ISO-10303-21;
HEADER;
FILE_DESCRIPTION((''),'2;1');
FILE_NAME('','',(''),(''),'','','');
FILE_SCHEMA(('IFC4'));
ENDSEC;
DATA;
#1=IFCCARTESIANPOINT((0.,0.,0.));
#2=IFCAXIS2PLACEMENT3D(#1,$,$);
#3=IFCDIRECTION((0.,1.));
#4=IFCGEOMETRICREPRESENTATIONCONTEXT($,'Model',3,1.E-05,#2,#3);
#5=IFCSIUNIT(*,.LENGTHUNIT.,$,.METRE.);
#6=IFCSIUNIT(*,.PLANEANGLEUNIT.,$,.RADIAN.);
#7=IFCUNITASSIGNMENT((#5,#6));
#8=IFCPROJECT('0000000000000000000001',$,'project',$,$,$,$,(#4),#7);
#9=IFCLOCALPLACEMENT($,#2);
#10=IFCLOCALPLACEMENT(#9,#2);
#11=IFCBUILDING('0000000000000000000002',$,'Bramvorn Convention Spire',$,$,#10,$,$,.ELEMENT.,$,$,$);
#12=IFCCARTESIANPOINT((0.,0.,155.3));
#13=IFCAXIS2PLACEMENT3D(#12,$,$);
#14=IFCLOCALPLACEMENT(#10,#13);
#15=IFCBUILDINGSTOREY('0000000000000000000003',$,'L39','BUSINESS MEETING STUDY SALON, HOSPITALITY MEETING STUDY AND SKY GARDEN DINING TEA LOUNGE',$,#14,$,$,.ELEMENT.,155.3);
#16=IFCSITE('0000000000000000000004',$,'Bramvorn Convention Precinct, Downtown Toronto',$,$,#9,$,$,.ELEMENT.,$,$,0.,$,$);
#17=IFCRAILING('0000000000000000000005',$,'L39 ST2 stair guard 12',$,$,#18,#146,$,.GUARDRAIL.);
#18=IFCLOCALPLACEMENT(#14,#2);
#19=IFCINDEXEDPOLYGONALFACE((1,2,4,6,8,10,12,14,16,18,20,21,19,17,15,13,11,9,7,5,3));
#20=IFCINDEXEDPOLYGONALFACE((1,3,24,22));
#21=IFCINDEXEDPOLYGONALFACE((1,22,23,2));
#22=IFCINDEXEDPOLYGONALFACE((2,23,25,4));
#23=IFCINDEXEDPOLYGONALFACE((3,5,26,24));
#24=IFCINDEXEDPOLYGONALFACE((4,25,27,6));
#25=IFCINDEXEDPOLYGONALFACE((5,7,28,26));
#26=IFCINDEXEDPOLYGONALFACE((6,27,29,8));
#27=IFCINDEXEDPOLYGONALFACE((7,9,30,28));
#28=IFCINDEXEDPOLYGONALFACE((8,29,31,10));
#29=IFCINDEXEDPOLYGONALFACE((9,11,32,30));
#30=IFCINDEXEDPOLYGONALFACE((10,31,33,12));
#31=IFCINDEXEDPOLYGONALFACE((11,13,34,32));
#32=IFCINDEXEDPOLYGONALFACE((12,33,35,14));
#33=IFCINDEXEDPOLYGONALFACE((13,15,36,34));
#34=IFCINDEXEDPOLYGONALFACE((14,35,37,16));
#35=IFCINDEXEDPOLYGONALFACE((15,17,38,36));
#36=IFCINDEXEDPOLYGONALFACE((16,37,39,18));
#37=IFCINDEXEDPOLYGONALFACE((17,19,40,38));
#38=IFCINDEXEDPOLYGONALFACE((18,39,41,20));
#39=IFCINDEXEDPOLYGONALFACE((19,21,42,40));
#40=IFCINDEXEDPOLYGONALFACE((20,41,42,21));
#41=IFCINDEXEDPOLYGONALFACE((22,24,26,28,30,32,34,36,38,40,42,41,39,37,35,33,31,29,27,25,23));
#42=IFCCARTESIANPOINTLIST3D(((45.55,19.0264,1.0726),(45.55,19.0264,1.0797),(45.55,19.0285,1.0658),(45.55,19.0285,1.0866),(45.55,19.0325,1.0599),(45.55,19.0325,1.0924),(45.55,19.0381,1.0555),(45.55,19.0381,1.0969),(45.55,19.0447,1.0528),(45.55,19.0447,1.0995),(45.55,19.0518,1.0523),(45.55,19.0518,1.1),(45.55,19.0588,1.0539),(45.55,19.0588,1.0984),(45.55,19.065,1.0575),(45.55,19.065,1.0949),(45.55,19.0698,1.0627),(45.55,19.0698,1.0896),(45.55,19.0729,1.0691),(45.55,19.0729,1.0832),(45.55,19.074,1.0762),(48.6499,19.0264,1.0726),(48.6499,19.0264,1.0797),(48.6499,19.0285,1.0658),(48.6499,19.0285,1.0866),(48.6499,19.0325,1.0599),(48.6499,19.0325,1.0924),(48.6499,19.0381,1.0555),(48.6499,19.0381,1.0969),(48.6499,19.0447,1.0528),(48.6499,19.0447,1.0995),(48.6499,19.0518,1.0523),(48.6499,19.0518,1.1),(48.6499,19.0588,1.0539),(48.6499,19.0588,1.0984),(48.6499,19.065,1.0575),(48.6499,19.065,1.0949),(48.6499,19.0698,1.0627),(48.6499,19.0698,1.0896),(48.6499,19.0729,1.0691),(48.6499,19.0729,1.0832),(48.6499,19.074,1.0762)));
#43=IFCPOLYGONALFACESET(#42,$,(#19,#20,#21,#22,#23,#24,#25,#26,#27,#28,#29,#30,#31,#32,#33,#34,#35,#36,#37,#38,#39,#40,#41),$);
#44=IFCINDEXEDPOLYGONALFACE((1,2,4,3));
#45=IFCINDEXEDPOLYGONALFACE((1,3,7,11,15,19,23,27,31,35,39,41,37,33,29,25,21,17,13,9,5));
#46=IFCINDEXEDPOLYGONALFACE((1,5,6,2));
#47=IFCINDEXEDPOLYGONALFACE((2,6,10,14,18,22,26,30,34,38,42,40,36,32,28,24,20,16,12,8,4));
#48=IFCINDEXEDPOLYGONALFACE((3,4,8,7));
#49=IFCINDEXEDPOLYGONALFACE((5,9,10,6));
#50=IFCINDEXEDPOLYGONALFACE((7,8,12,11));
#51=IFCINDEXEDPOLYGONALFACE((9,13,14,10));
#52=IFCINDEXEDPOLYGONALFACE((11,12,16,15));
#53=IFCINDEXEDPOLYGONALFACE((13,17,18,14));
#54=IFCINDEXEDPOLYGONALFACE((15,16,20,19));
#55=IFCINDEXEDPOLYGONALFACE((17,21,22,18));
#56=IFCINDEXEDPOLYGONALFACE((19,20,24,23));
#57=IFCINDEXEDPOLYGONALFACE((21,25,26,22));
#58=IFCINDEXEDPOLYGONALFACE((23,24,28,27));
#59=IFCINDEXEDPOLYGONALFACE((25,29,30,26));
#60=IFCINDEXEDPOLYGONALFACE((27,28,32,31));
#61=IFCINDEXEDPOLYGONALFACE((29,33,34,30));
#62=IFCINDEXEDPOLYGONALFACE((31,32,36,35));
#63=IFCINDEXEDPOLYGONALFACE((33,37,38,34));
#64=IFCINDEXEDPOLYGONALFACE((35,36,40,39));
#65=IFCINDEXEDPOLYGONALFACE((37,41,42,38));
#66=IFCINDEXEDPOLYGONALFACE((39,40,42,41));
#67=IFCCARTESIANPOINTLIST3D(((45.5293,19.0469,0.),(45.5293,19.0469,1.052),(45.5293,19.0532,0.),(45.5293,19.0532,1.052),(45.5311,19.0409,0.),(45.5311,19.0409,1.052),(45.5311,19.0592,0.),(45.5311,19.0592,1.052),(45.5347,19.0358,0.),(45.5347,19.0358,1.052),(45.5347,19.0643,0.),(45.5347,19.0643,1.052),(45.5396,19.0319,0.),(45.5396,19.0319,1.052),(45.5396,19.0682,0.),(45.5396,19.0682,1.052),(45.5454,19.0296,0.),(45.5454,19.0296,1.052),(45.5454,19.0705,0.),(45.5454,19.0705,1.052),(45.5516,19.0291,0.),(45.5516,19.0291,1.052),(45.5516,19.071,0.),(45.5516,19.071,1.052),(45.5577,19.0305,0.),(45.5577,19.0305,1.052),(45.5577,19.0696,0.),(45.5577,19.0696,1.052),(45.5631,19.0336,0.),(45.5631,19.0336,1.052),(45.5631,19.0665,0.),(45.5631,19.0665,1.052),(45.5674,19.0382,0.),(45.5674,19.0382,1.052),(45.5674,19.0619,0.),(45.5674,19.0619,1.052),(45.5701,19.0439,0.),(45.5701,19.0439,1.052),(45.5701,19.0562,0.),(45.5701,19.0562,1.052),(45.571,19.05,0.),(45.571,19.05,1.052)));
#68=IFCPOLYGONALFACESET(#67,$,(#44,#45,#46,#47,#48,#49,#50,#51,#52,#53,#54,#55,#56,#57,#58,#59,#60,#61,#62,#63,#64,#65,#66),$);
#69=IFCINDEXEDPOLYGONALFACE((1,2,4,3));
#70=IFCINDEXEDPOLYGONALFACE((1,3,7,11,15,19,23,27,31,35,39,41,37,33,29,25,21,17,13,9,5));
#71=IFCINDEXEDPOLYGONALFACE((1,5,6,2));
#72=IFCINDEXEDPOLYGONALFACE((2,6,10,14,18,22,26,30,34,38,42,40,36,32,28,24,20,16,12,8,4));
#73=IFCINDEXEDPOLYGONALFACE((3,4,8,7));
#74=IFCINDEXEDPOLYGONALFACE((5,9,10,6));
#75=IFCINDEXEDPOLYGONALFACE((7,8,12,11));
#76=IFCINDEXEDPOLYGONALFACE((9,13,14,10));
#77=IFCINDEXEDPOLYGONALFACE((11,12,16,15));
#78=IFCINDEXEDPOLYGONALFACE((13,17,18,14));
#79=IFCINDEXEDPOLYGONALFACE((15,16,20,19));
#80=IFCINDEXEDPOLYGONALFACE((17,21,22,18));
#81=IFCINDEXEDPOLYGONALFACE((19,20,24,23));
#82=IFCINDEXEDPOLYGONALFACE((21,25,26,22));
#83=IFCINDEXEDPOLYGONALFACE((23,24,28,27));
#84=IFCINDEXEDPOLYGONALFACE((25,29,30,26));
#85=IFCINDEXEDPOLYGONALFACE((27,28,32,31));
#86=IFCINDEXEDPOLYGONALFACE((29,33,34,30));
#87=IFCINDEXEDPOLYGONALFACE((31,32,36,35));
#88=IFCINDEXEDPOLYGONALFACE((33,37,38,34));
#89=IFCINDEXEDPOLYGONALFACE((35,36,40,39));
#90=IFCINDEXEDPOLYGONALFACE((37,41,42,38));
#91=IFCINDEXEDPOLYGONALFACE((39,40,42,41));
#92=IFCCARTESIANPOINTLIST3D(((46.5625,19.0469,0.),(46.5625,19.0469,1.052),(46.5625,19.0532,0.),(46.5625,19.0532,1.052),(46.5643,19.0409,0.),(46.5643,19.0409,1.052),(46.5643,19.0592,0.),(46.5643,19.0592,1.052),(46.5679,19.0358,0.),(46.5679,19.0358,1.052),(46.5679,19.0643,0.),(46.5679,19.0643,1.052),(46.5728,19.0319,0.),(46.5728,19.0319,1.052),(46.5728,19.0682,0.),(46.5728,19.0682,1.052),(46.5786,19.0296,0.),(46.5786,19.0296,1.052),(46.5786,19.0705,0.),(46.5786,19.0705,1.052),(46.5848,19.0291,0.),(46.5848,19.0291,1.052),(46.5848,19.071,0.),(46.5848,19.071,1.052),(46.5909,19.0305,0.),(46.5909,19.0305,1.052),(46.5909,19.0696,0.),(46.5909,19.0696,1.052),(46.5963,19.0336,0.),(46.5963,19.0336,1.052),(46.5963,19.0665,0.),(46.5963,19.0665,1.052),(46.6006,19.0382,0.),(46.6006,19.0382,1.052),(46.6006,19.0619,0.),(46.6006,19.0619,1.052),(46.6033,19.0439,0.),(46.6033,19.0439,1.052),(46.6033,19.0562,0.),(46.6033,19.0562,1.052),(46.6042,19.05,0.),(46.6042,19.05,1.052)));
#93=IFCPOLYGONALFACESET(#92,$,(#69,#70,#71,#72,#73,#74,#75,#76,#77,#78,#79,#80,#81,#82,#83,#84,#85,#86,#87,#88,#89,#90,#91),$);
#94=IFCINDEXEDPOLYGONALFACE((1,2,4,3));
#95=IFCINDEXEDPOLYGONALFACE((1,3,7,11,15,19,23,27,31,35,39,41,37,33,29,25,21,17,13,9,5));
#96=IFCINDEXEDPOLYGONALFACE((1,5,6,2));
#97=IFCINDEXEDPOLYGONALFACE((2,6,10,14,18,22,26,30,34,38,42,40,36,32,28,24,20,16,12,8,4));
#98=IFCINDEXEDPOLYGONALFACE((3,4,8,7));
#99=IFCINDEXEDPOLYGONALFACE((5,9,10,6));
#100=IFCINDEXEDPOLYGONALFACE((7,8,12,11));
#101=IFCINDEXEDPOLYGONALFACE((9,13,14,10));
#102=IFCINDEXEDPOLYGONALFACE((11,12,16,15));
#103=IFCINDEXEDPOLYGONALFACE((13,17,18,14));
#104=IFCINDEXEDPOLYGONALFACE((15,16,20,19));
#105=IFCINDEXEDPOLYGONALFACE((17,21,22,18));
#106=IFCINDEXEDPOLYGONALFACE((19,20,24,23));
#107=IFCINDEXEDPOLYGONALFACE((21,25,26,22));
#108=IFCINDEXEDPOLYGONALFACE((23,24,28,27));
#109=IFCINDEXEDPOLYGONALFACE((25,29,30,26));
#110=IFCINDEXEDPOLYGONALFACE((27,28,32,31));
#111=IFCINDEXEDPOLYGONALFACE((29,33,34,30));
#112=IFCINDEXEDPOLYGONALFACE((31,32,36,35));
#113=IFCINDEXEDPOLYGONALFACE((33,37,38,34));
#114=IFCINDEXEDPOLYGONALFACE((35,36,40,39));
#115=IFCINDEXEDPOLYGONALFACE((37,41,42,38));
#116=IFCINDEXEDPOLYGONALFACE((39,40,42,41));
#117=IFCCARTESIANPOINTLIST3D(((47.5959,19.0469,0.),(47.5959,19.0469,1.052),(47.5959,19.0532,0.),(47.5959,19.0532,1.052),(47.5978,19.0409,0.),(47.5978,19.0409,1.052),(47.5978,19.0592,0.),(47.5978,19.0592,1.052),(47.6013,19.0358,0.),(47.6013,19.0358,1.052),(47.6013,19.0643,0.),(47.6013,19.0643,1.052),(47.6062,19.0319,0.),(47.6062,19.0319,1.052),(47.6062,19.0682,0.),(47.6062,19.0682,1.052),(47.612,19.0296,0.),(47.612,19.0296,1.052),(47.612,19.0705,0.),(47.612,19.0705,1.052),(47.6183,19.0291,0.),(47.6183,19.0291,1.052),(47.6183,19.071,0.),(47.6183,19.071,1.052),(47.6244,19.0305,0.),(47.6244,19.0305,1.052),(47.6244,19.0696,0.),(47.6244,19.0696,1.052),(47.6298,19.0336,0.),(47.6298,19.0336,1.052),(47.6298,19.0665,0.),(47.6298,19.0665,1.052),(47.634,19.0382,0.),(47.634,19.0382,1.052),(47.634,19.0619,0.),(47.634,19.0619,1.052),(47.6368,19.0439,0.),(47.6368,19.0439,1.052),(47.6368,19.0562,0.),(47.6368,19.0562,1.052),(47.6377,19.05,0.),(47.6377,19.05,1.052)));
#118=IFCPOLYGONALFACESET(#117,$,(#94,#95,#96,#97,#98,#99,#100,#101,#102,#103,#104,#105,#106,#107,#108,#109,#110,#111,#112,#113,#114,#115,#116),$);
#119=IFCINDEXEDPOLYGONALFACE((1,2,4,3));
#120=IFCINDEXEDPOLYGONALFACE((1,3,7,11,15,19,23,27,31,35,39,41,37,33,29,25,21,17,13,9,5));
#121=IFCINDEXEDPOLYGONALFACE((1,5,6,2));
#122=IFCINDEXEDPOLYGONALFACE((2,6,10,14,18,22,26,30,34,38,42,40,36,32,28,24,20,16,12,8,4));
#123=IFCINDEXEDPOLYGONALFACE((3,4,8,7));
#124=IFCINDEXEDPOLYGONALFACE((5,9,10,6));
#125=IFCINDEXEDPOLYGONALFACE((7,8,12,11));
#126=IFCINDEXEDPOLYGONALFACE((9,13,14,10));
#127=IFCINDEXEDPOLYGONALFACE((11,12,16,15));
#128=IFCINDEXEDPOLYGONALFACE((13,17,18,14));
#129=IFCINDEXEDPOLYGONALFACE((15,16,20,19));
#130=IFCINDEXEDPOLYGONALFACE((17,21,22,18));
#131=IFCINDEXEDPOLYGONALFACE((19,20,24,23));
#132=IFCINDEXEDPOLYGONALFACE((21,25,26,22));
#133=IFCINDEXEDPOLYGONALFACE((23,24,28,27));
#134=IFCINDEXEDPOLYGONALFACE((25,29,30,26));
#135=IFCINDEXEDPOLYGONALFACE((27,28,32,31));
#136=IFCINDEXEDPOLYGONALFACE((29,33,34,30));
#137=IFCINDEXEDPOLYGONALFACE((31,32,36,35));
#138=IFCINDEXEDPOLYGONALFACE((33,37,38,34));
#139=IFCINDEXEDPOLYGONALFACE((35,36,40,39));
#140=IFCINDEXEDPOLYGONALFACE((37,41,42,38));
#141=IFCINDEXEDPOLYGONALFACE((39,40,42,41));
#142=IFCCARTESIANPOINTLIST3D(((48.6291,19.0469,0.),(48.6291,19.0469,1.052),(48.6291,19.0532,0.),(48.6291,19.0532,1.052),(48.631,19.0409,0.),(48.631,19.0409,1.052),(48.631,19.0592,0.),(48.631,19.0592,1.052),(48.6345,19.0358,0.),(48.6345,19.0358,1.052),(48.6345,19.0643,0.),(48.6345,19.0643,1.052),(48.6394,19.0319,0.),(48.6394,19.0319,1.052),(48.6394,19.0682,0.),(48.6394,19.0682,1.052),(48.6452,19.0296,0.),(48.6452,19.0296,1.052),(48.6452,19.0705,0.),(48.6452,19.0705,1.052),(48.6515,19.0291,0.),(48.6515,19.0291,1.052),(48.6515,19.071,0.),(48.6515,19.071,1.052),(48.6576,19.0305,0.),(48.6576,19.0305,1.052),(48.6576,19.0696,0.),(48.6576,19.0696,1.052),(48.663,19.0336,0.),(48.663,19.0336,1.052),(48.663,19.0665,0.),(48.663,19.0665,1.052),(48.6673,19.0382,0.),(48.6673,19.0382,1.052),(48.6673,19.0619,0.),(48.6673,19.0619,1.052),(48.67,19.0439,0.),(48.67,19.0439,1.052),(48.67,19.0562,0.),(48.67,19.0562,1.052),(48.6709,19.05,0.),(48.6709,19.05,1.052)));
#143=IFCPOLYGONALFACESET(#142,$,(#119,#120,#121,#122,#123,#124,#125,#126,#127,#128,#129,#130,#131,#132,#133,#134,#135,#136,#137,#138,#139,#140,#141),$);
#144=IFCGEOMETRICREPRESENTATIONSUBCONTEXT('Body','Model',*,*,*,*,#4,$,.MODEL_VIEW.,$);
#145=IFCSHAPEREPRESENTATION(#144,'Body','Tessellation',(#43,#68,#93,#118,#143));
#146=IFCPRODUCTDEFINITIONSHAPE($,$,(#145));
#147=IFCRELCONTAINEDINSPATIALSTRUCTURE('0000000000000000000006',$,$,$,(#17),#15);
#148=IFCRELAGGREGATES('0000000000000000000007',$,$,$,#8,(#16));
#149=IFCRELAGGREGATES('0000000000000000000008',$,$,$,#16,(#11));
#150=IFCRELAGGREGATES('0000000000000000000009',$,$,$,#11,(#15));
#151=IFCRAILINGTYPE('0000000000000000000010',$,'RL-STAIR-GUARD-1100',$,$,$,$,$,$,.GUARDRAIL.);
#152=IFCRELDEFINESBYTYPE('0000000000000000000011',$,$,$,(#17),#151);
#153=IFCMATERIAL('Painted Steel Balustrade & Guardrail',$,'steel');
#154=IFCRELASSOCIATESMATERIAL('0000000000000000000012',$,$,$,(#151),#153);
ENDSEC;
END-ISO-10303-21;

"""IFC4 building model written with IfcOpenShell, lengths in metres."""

from ifc_helpers import new_model, si_unit, direction, frame, origin, origin_2d, place, context, subcontext, project, spatial, circle, extrude, material, type_object, element, save


model = new_model("IFC4")

# Units and contexts
model_context = context("Model", 3, precision=1e-05, world=origin(), true_north=direction((0.0, 1.0)))
body_context = subcontext(model_context, "Body", "Model", "MODEL_VIEW")
ifc_project = project(units=[si_unit("LENGTHUNIT", "METRE"), si_unit("PLANEANGLEUNIT", "RADIAN")], contexts=[model_context])

# Site, building, storey
site_placement = place(None, origin())
site = spatial("IfcSite", under=ifc_project, at=site_placement, Name="Bramvorn Convention Precinct, Downtown Toronto", CompositionType="ELEMENT", RefElevation=0.0)
building_placement = place(site_placement, origin())
building = spatial("IfcBuilding", under=site, at=building_placement, Name="Bramvorn Convention Spire", CompositionType="ELEMENT")
storey_placement = place(building_placement, frame((0.0, 0.0, 155.3)))
storey = spatial("IfcBuildingStorey", under=building, at=storey_placement, Name="L39", Description="BUSINESS MEETING STUDY SALON, HOSPITALITY MEETING STUDY AND SKY GARDEN DINING TEA LOUNGE", CompositionType="ELEMENT", Elevation=155.3)

# Railing
ifc_material_1 = material(Name="Painted Steel Balustrade & Guardrail", Category="steel")
railing_type_1 = type_object("IfcRailingType", Name="RL-STAIR-GUARD-1100", PredefinedType="GUARDRAIL", material=ifc_material_1)
railing_1_placement = place(storey_placement, frame((45.55, 19.05, 0.0)))
element("IfcRailing", 1, at=railing_1_placement, inside=storey, type_object=railing_type_1, Name="L39 ST2 stair guard 12", PredefinedType="GUARDRAIL", context=body_context, shape_type="SweptSolid", body=[
    extrude(circle(Radius=0.0239, at=origin_2d()), frame((0.0, 0.0, 1.0762), z_axis=(1.0, 0.0, 0.0), x_axis=(0.0, 1.0, 0.0)), (0.0, 0.0, 1.0), 3.0999),
    extrude(circle(Radius=0.021, at=origin_2d()), origin(), (0.0, 0.0, 1.0), 1.052),
    extrude(circle(Radius=0.021, at=origin_2d()), frame((1.0332, 0.0, 0.0)), (0.0, 0.0, 1.0), 1.052),
    extrude(circle(Radius=0.021, at=origin_2d()), frame((2.0667, 0.0, 0.0)), (0.0, 0.0, 1.0), 1.052),
    extrude(circle(Radius=0.021, at=origin_2d()), frame((3.0999, 0.0, 0.0)), (0.0, 0.0, 1.0), 1.052),
])

save(model, "model.ifc")
